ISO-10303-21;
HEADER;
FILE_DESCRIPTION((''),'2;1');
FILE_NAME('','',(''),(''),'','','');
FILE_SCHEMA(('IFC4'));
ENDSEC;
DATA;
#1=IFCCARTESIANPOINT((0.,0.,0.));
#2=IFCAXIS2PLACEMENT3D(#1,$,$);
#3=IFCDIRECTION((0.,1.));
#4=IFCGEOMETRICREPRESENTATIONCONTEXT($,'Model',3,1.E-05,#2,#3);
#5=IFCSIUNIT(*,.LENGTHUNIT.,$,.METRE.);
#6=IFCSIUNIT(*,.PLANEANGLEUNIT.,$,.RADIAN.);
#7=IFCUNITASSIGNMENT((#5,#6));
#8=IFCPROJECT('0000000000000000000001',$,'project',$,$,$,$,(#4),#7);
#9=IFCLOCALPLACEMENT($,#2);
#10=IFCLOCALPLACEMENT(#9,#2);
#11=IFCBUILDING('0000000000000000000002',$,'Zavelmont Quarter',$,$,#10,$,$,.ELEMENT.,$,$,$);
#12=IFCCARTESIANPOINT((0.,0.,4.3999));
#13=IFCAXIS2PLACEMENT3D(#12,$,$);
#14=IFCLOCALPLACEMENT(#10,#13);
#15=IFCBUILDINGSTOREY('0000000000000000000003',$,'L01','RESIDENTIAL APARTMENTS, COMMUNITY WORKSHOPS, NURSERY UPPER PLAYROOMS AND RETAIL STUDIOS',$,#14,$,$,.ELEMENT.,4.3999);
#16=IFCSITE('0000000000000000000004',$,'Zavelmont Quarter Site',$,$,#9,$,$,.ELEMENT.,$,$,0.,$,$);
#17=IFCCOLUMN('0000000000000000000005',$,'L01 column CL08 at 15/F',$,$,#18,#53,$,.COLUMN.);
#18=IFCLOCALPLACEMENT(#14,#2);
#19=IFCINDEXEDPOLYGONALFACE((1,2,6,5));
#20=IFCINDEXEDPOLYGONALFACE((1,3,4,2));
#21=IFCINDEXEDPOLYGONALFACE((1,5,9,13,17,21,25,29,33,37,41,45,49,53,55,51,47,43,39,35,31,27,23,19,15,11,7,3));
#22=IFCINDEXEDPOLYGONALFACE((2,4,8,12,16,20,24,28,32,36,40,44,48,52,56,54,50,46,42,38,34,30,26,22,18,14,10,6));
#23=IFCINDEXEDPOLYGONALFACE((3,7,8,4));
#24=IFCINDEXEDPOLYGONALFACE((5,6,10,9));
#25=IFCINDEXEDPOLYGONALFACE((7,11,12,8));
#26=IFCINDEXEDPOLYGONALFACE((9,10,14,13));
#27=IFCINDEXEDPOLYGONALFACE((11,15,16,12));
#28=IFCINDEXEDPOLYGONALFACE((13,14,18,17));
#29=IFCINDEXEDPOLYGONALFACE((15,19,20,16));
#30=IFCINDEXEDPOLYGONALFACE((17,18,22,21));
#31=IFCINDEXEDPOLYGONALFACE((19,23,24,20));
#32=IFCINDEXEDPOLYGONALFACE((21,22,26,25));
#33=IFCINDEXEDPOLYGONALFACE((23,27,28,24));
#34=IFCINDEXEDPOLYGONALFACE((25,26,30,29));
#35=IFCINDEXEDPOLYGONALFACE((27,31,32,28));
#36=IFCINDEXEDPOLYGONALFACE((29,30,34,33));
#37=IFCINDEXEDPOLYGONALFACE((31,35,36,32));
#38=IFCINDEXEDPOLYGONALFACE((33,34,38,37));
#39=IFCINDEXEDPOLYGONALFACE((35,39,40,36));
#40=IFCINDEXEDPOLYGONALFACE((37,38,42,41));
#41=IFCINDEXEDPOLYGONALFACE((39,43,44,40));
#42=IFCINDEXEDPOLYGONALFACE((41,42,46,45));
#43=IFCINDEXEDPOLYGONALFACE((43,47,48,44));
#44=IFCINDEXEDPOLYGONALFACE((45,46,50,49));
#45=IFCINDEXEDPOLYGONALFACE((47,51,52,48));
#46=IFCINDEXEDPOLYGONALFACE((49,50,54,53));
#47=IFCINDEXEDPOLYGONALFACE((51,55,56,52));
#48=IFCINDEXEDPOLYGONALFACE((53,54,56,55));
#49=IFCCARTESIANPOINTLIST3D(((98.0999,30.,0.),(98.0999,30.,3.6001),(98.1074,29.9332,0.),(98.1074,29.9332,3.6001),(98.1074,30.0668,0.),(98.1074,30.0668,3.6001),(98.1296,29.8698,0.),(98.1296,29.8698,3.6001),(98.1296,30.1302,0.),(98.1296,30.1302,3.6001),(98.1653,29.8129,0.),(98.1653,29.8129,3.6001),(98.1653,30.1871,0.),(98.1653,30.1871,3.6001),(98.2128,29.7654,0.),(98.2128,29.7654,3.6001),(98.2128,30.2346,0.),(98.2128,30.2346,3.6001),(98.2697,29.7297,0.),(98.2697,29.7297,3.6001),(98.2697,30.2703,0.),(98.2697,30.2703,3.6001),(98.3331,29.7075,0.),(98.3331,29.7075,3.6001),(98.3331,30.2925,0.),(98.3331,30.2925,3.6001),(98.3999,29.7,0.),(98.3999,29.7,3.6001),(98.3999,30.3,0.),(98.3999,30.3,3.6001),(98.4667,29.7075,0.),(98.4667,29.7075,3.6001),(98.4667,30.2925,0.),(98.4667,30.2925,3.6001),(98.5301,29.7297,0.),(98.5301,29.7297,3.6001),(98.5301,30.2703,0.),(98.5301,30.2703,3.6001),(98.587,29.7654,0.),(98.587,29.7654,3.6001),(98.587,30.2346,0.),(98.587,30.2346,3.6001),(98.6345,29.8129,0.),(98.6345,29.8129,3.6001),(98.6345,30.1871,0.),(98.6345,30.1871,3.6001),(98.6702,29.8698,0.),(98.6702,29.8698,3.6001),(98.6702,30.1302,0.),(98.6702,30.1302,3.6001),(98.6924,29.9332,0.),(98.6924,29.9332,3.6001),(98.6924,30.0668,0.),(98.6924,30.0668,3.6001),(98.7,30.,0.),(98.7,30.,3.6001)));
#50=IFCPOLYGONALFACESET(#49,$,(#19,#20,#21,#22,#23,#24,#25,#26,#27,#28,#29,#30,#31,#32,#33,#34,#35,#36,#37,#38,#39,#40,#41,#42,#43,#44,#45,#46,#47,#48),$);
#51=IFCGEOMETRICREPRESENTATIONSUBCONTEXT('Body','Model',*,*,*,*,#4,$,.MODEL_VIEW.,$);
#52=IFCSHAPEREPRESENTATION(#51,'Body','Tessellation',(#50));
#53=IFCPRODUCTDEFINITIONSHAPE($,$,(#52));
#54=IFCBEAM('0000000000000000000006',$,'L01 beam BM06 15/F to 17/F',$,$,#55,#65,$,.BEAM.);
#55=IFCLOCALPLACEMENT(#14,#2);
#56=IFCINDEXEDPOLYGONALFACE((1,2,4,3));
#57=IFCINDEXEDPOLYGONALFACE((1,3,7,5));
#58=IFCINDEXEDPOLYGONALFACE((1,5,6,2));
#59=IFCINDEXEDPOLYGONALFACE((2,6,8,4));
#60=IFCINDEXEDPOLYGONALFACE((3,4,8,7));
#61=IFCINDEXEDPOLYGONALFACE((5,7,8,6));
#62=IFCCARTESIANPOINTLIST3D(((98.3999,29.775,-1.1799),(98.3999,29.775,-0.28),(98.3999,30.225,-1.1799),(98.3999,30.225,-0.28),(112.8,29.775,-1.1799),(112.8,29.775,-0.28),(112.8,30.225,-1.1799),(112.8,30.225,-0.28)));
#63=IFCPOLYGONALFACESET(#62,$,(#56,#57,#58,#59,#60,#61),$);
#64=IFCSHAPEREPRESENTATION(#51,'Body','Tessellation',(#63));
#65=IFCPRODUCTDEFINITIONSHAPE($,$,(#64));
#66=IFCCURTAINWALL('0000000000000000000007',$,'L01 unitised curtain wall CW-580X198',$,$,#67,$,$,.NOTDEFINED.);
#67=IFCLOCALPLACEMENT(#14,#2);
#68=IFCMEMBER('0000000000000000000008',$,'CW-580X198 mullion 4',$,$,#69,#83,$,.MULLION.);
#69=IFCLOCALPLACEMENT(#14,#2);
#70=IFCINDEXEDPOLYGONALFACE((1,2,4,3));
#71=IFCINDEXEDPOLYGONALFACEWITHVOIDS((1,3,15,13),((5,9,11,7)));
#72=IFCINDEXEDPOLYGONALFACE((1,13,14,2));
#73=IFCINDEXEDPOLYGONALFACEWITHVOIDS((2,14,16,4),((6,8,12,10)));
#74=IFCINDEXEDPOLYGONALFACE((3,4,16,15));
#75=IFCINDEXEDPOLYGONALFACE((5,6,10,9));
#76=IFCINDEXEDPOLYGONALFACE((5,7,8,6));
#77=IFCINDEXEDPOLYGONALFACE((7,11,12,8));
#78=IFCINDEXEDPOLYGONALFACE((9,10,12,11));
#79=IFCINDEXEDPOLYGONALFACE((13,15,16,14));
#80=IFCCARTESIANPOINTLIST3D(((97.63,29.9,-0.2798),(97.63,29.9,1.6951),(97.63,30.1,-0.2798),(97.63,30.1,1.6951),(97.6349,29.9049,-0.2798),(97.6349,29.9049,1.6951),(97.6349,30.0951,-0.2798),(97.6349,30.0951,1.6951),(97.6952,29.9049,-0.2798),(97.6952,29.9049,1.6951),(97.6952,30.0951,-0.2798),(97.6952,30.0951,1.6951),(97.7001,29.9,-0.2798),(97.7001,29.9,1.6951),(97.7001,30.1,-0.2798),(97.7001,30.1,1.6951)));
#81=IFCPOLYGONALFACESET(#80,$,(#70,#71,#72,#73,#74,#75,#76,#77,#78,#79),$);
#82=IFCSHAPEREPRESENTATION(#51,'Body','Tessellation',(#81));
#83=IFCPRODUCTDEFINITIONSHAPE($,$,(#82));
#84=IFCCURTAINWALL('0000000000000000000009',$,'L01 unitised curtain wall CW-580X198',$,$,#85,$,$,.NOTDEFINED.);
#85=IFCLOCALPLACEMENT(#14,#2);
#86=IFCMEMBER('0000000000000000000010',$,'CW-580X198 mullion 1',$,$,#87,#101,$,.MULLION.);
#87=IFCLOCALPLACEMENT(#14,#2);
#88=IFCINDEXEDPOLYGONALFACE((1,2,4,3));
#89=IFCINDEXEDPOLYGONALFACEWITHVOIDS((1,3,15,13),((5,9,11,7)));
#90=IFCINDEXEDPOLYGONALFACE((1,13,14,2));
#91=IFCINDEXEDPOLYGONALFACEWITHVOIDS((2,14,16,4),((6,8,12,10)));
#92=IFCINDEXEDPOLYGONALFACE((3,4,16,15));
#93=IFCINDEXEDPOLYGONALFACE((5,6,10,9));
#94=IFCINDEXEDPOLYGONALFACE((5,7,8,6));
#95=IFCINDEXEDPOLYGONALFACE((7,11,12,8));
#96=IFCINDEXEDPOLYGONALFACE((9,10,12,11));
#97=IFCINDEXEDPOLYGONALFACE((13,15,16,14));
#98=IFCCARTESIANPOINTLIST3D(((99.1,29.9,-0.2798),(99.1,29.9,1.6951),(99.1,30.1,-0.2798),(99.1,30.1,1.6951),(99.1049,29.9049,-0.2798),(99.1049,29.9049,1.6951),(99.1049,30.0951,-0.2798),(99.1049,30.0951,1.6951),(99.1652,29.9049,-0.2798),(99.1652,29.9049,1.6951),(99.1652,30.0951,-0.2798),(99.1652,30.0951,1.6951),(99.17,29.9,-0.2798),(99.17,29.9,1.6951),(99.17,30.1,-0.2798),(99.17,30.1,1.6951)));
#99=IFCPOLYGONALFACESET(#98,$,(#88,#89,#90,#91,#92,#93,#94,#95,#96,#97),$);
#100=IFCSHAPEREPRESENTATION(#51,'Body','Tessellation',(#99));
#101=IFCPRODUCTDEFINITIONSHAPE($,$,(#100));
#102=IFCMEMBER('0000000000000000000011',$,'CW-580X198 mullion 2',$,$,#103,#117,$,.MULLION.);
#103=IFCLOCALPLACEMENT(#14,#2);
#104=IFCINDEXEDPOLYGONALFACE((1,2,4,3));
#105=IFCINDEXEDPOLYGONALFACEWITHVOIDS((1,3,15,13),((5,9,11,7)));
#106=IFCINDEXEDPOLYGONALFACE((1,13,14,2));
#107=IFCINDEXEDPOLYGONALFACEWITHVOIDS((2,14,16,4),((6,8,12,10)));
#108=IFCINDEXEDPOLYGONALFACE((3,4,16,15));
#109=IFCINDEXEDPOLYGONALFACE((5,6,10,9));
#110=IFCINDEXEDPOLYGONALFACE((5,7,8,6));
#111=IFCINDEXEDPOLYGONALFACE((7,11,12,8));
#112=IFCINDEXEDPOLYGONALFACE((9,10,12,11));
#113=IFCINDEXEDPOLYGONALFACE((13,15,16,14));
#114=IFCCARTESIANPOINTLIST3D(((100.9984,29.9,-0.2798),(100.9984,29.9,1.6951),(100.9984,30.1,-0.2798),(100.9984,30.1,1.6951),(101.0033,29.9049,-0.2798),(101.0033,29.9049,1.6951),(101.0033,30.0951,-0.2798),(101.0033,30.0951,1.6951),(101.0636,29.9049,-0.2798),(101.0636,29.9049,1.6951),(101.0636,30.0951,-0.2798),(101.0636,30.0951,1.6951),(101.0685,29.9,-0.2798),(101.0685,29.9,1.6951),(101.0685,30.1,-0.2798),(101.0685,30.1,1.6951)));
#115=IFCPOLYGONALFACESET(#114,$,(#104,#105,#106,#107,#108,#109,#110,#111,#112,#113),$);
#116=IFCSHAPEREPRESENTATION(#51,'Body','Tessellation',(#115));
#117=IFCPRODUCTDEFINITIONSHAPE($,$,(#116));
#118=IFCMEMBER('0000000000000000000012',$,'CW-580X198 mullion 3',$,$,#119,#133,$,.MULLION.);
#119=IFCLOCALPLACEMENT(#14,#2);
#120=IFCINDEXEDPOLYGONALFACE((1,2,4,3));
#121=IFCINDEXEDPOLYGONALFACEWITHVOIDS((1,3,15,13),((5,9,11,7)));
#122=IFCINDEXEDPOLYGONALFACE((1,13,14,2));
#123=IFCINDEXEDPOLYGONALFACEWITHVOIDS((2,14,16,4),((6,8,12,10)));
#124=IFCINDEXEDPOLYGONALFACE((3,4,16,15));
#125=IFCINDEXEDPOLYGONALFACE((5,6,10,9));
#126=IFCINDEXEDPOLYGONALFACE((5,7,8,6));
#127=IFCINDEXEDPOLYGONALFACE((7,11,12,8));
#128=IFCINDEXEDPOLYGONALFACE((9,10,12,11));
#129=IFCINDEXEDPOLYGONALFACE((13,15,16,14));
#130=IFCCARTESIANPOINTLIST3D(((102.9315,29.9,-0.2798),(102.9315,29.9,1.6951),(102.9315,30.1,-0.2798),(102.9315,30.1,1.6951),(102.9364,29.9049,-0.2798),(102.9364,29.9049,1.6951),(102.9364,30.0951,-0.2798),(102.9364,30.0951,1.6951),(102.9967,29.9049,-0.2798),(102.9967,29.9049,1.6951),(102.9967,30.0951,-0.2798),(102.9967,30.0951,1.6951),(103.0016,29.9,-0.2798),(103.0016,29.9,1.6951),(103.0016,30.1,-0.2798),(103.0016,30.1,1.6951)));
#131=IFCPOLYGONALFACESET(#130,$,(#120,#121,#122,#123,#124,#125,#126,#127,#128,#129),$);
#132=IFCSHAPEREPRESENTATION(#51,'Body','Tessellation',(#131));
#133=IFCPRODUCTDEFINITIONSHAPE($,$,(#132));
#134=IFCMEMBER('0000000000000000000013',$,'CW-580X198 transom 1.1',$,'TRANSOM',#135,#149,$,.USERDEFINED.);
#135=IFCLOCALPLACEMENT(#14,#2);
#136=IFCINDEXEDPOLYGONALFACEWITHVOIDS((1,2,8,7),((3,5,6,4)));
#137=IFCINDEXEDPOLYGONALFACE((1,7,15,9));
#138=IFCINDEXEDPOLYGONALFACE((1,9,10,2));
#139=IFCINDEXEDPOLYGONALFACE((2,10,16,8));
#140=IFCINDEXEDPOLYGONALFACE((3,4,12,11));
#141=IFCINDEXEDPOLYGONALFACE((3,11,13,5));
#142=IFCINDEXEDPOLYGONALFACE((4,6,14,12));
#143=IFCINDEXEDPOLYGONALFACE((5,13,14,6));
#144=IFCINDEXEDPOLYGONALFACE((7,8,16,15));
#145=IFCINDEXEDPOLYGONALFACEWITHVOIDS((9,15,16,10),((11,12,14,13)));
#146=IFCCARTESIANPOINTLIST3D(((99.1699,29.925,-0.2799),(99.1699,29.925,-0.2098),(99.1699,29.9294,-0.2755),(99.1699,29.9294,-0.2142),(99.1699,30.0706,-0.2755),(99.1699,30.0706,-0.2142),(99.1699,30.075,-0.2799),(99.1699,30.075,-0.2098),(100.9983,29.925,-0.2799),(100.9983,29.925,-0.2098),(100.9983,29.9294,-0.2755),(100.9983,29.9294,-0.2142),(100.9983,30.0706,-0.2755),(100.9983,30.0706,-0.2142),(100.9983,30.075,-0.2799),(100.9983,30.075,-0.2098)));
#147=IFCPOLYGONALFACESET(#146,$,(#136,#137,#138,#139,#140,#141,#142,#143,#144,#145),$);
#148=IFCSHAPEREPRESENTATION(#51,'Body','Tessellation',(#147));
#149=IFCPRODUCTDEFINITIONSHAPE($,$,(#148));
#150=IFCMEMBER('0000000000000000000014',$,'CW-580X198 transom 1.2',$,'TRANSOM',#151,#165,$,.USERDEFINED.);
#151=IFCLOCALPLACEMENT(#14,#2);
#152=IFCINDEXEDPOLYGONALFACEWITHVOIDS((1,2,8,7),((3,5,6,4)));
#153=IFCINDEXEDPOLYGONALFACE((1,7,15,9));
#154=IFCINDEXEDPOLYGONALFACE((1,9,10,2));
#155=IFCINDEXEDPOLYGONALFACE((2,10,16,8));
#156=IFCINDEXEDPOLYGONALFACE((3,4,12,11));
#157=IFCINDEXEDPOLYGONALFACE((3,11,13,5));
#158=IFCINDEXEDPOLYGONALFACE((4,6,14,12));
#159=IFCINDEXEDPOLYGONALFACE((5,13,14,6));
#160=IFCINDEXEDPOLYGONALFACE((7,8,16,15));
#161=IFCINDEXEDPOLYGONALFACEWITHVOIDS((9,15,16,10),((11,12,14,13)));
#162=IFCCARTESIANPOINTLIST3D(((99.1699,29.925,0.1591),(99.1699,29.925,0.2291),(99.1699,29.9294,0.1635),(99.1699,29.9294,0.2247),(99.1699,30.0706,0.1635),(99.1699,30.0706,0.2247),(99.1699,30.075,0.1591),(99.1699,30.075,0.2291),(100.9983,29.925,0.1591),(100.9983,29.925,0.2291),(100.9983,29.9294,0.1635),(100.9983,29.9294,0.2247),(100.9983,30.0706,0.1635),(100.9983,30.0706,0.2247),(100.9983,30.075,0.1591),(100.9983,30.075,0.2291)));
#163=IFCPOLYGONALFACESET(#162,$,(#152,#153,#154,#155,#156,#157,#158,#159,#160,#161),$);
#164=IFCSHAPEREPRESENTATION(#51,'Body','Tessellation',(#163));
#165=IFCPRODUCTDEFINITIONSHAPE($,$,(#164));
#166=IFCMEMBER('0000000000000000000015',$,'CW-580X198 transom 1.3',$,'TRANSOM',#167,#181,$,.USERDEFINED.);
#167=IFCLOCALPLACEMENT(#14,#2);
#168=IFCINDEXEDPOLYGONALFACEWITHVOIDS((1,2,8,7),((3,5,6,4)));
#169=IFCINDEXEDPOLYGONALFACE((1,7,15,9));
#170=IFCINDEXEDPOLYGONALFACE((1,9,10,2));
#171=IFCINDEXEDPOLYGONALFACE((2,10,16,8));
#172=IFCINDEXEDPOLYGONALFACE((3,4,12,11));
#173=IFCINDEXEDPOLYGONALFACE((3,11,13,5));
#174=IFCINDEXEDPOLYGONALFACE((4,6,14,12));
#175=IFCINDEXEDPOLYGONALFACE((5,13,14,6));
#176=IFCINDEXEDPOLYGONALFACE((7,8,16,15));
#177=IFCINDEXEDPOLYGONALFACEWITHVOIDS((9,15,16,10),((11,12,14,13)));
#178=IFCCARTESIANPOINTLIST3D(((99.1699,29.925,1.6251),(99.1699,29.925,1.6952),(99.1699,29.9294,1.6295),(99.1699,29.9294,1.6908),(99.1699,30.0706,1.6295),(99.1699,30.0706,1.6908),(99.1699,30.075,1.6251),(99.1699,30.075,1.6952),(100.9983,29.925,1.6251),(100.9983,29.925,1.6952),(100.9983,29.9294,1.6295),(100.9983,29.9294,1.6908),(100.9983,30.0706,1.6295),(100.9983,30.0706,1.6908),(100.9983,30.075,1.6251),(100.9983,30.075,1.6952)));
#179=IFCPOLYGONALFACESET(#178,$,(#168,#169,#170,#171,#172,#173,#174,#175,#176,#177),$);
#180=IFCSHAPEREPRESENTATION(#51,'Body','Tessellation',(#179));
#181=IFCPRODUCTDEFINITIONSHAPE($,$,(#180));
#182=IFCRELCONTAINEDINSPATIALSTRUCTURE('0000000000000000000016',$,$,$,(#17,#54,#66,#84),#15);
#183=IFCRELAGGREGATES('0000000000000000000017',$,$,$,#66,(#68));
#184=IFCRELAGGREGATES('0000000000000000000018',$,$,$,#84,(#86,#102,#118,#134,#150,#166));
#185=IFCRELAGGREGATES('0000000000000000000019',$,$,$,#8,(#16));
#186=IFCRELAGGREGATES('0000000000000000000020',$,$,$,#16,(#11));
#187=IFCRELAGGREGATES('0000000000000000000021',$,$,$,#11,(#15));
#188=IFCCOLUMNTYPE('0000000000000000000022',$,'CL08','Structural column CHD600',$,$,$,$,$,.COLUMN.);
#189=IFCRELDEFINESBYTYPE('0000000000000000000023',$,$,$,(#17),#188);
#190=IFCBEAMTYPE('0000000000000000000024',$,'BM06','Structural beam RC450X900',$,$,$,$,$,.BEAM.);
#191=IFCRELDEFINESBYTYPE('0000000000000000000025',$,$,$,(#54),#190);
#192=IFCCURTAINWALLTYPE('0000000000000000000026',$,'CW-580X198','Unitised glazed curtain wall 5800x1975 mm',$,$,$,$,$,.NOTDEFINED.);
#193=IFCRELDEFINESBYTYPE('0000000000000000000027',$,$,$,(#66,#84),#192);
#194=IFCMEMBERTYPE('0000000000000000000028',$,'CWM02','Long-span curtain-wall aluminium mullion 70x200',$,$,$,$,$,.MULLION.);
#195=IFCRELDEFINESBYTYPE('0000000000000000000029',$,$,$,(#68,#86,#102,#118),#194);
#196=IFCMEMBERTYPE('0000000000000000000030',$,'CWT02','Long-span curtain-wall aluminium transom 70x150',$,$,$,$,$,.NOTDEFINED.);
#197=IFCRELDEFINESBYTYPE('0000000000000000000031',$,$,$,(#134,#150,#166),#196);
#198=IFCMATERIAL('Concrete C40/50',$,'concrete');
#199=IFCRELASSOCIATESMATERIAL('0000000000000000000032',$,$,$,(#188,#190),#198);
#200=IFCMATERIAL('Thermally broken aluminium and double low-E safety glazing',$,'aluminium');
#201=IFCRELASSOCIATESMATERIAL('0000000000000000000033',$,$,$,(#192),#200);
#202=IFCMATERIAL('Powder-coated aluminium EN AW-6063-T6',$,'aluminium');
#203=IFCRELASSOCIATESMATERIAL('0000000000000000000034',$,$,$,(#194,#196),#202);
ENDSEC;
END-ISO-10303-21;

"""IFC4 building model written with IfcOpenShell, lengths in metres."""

from ifc_helpers import new_model, si_unit, direction, frame, origin, origin_2d, place, context, subcontext, project, spatial, rectangle, hollow_rectangle, circle, extrude, material, material_profile, profile_set, type_object, element, aggregate, save


model = new_model("IFC4")

# Units and contexts
model_context = context("Model", 3, precision=1e-05, world=origin(), true_north=direction((0.0, 1.0)))
body_context = subcontext(model_context, "Body", "Model", "MODEL_VIEW")
ifc_project = project(units=[si_unit("LENGTHUNIT", "METRE"), si_unit("PLANEANGLEUNIT", "RADIAN")], contexts=[model_context])

# Site, building, storey
site_placement = place(None, origin())
site = spatial("IfcSite", under=ifc_project, at=site_placement, Name="Zavelmont Quarter Site", CompositionType="ELEMENT", RefElevation=0.0)
building_placement = place(site_placement, origin())
building = spatial("IfcBuilding", under=site, at=building_placement, Name="Zavelmont Quarter", CompositionType="ELEMENT")
storey_placement = place(building_placement, frame((0.0, 0.0, 4.3999)))
storey = spatial("IfcBuildingStorey", under=building, at=storey_placement, Name="L01", Description="RESIDENTIAL APARTMENTS, COMMUNITY WORKSHOPS, NURSERY UPPER PLAYROOMS AND RETAIL STUDIOS", CompositionType="ELEMENT", Elevation=4.3999)

# Column
ifc_material_1 = material(Name="Concrete C40/50", Category="concrete")
ifc_material_profile_1 = material_profile(ifc_material_1, circle(Radius=0.3, at=origin_2d()), Name="CHD600")
ifc_profile_set_1 = profile_set([ifc_material_profile_1], Name="Concrete C40/50")
column_type = type_object("IfcColumnType", Name="CL08", Description="Structural column CHD600", PredefinedType="COLUMN", material=ifc_profile_set_1)
column_placement = place(storey_placement, frame((98.3999, 30.0, 0.0), z_axis=(0.0, 0.0, 1.0), x_axis=(1.0, 0.0, 0.0)))
element("IfcColumn", 1, at=column_placement, inside=storey, type_object=column_type, Name="L01 column CL08 at 15/F", PredefinedType="COLUMN", context=body_context, shape_type="SweptSolid", body=[
    extrude(circle(Radius=0.3, at=origin_2d()), origin(), (0.0, 0.0, 1.0), 3.6001),
])

# Beam
ifc_material_profile_2 = material_profile(ifc_material_1, rectangle(XDim=0.45, YDim=0.8999, at=origin_2d()), Name="RC450X900")
ifc_profile_set_2 = profile_set([ifc_material_profile_2], Name="Concrete C40/50")
beam_type = type_object("IfcBeamType", Name="BM06", Description="Structural beam RC450X900", PredefinedType="BEAM", material=ifc_profile_set_2)
beam_placement = place(storey_placement, frame((98.3999, 30.0, -0.73), z_axis=(1.0, 0.0, 0.0), x_axis=(0.0, 1.0, 0.0)))
element("IfcBeam", 2, at=beam_placement, inside=storey, type_object=beam_type, Name="L01 beam BM06 15/F to 17/F", PredefinedType="BEAM", context=body_context, shape_type="SweptSolid", body=[
    extrude(rectangle(XDim=0.45, YDim=0.8999, at=origin_2d()), origin(), (0.0, 0.0, 1.0), 14.4001),
])

# Curtain wall, member
ifc_material_2 = material(Name="Thermally broken aluminium and double low-E safety glazing", Category="aluminium")
curtain_wall_type = type_object("IfcCurtainWallType", Name="CW-580X198", Description="Unitised glazed curtain wall 5800x1975 mm", PredefinedType="NOTDEFINED", material=ifc_material_2)
curtain_wall_1_placement = place(storey_placement, origin())
curtain_wall_1 = element("IfcCurtainWall", 3, at=curtain_wall_1_placement, inside=storey, type_object=curtain_wall_type, Name="L01 unitised curtain wall CW-580X198", PredefinedType="NOTDEFINED")
ifc_material_3 = material(Name="Powder-coated aluminium EN AW-6063-T6", Category="aluminium")
ifc_material_profile_3 = material_profile(ifc_material_3, hollow_rectangle(XDim=0.0701, YDim=0.2, WallThickness=0.0049, at=origin_2d()), Name="CWM70X200")
ifc_profile_set_3 = profile_set([ifc_material_profile_3], Name="Powder-coated aluminium EN AW-6063-T6")
member_type_1 = type_object("IfcMemberType", Name="CWM02", Description="Long-span curtain-wall aluminium mullion 70x200", PredefinedType="MULLION", material=ifc_profile_set_3)
member_1_placement = place(storey_placement, frame((97.665, 30.0, -0.2798), z_axis=(0.0, 0.0, 1.0), x_axis=(1.0, 0.0, 0.0)))
member_1 = element("IfcMember", 4, at=member_1_placement, type_object=member_type_1, Name="CW-580X198 mullion 4", PredefinedType="MULLION", context=body_context, shape_type="SweptSolid", body=[
    extrude(hollow_rectangle(XDim=0.0701, YDim=0.2, WallThickness=0.0049, at=origin_2d()), origin(), (0.0, 0.0, 1.0), 1.9749),
])

# Curtain wall, members
curtain_wall_2_placement = place(storey_placement, origin())
curtain_wall_2 = element("IfcCurtainWall", 5, at=curtain_wall_2_placement, inside=storey, type_object=curtain_wall_type, Name="L01 unitised curtain wall CW-580X198", PredefinedType="NOTDEFINED")
member_2_placement = place(storey_placement, frame((99.135, 30.0, -0.2798), z_axis=(0.0, 0.0, 1.0), x_axis=(1.0, 0.0, 0.0)))
member_2 = element("IfcMember", 6, at=member_2_placement, type_object=member_type_1, Name="CW-580X198 mullion 1", PredefinedType="MULLION", context=body_context, shape_type="SweptSolid", body=[
    extrude(hollow_rectangle(XDim=0.0701, YDim=0.2, WallThickness=0.0049, at=origin_2d()), origin(), (0.0, 0.0, 1.0), 1.9749),
])
member_3_placement = place(storey_placement, frame((101.0334, 30.0, -0.2798), z_axis=(0.0, 0.0, 1.0), x_axis=(1.0, 0.0, 0.0)))
member_3 = element("IfcMember", 7, at=member_3_placement, type_object=member_type_1, Name="CW-580X198 mullion 2", PredefinedType="MULLION", context=body_context, shape_type="SweptSolid", body=[
    extrude(hollow_rectangle(XDim=0.0701, YDim=0.2, WallThickness=0.0049, at=origin_2d()), origin(), (0.0, 0.0, 1.0), 1.9749),
])
member_4_placement = place(storey_placement, frame((102.9666, 30.0, -0.2798), z_axis=(0.0, 0.0, 1.0), x_axis=(1.0, 0.0, 0.0)))
member_4 = element("IfcMember", 8, at=member_4_placement, type_object=member_type_1, Name="CW-580X198 mullion 3", PredefinedType="MULLION", context=body_context, shape_type="SweptSolid", body=[
    extrude(hollow_rectangle(XDim=0.0701, YDim=0.2, WallThickness=0.0049, at=origin_2d()), origin(), (0.0, 0.0, 1.0), 1.9749),
])
ifc_material_profile_4 = material_profile(ifc_material_3, hollow_rectangle(XDim=0.1499, YDim=0.0701, WallThickness=0.0044, at=origin_2d()), Name="CWT70X150")
ifc_profile_set_4 = profile_set([ifc_material_profile_4], Name="Powder-coated aluminium EN AW-6063-T6")
member_type_2 = type_object("IfcMemberType", Name="CWT02", Description="Long-span curtain-wall aluminium transom 70x150", PredefinedType="NOTDEFINED", material=ifc_profile_set_4)
member_5_placement = place(storey_placement, frame((99.1699, 30.0, -0.2449), z_axis=(1.0, 0.0, 0.0), x_axis=(0.0, 1.0, 0.0)))
member_5 = element("IfcMember", 9, at=member_5_placement, type_object=member_type_2, Name="CW-580X198 transom 1.1", ObjectType="TRANSOM", PredefinedType="USERDEFINED", context=body_context, shape_type="SweptSolid", body=[
    extrude(hollow_rectangle(XDim=0.1499, YDim=0.0701, WallThickness=0.0044, at=origin_2d()), origin(), (0.0, 0.0, 1.0), 1.8284),
])
member_6_placement = place(storey_placement, frame((99.1699, 30.0, 0.1941), z_axis=(1.0, 0.0, 0.0), x_axis=(0.0, 1.0, 0.0)))
member_6 = element("IfcMember", 10, at=member_6_placement, type_object=member_type_2, Name="CW-580X198 transom 1.2", ObjectType="TRANSOM", PredefinedType="USERDEFINED", context=body_context, shape_type="SweptSolid", body=[
    extrude(hollow_rectangle(XDim=0.1499, YDim=0.0701, WallThickness=0.0044, at=origin_2d()), origin(), (0.0, 0.0, 1.0), 1.8284),
])
member_7_placement = place(storey_placement, frame((99.1699, 30.0, 1.6602), z_axis=(1.0, 0.0, 0.0), x_axis=(0.0, 1.0, 0.0)))
member_7 = element("IfcMember", 11, at=member_7_placement, type_object=member_type_2, Name="CW-580X198 transom 1.3", ObjectType="TRANSOM", PredefinedType="USERDEFINED", context=body_context, shape_type="SweptSolid", body=[
    extrude(hollow_rectangle(XDim=0.1499, YDim=0.0701, WallThickness=0.0044, at=origin_2d()), origin(), (0.0, 0.0, 1.0), 1.8284),
])

aggregate(curtain_wall_1, [member_1])
aggregate(curtain_wall_2, [member_2, member_3, member_4, member_5, member_6, member_7])

save(model, "model.ifc")
